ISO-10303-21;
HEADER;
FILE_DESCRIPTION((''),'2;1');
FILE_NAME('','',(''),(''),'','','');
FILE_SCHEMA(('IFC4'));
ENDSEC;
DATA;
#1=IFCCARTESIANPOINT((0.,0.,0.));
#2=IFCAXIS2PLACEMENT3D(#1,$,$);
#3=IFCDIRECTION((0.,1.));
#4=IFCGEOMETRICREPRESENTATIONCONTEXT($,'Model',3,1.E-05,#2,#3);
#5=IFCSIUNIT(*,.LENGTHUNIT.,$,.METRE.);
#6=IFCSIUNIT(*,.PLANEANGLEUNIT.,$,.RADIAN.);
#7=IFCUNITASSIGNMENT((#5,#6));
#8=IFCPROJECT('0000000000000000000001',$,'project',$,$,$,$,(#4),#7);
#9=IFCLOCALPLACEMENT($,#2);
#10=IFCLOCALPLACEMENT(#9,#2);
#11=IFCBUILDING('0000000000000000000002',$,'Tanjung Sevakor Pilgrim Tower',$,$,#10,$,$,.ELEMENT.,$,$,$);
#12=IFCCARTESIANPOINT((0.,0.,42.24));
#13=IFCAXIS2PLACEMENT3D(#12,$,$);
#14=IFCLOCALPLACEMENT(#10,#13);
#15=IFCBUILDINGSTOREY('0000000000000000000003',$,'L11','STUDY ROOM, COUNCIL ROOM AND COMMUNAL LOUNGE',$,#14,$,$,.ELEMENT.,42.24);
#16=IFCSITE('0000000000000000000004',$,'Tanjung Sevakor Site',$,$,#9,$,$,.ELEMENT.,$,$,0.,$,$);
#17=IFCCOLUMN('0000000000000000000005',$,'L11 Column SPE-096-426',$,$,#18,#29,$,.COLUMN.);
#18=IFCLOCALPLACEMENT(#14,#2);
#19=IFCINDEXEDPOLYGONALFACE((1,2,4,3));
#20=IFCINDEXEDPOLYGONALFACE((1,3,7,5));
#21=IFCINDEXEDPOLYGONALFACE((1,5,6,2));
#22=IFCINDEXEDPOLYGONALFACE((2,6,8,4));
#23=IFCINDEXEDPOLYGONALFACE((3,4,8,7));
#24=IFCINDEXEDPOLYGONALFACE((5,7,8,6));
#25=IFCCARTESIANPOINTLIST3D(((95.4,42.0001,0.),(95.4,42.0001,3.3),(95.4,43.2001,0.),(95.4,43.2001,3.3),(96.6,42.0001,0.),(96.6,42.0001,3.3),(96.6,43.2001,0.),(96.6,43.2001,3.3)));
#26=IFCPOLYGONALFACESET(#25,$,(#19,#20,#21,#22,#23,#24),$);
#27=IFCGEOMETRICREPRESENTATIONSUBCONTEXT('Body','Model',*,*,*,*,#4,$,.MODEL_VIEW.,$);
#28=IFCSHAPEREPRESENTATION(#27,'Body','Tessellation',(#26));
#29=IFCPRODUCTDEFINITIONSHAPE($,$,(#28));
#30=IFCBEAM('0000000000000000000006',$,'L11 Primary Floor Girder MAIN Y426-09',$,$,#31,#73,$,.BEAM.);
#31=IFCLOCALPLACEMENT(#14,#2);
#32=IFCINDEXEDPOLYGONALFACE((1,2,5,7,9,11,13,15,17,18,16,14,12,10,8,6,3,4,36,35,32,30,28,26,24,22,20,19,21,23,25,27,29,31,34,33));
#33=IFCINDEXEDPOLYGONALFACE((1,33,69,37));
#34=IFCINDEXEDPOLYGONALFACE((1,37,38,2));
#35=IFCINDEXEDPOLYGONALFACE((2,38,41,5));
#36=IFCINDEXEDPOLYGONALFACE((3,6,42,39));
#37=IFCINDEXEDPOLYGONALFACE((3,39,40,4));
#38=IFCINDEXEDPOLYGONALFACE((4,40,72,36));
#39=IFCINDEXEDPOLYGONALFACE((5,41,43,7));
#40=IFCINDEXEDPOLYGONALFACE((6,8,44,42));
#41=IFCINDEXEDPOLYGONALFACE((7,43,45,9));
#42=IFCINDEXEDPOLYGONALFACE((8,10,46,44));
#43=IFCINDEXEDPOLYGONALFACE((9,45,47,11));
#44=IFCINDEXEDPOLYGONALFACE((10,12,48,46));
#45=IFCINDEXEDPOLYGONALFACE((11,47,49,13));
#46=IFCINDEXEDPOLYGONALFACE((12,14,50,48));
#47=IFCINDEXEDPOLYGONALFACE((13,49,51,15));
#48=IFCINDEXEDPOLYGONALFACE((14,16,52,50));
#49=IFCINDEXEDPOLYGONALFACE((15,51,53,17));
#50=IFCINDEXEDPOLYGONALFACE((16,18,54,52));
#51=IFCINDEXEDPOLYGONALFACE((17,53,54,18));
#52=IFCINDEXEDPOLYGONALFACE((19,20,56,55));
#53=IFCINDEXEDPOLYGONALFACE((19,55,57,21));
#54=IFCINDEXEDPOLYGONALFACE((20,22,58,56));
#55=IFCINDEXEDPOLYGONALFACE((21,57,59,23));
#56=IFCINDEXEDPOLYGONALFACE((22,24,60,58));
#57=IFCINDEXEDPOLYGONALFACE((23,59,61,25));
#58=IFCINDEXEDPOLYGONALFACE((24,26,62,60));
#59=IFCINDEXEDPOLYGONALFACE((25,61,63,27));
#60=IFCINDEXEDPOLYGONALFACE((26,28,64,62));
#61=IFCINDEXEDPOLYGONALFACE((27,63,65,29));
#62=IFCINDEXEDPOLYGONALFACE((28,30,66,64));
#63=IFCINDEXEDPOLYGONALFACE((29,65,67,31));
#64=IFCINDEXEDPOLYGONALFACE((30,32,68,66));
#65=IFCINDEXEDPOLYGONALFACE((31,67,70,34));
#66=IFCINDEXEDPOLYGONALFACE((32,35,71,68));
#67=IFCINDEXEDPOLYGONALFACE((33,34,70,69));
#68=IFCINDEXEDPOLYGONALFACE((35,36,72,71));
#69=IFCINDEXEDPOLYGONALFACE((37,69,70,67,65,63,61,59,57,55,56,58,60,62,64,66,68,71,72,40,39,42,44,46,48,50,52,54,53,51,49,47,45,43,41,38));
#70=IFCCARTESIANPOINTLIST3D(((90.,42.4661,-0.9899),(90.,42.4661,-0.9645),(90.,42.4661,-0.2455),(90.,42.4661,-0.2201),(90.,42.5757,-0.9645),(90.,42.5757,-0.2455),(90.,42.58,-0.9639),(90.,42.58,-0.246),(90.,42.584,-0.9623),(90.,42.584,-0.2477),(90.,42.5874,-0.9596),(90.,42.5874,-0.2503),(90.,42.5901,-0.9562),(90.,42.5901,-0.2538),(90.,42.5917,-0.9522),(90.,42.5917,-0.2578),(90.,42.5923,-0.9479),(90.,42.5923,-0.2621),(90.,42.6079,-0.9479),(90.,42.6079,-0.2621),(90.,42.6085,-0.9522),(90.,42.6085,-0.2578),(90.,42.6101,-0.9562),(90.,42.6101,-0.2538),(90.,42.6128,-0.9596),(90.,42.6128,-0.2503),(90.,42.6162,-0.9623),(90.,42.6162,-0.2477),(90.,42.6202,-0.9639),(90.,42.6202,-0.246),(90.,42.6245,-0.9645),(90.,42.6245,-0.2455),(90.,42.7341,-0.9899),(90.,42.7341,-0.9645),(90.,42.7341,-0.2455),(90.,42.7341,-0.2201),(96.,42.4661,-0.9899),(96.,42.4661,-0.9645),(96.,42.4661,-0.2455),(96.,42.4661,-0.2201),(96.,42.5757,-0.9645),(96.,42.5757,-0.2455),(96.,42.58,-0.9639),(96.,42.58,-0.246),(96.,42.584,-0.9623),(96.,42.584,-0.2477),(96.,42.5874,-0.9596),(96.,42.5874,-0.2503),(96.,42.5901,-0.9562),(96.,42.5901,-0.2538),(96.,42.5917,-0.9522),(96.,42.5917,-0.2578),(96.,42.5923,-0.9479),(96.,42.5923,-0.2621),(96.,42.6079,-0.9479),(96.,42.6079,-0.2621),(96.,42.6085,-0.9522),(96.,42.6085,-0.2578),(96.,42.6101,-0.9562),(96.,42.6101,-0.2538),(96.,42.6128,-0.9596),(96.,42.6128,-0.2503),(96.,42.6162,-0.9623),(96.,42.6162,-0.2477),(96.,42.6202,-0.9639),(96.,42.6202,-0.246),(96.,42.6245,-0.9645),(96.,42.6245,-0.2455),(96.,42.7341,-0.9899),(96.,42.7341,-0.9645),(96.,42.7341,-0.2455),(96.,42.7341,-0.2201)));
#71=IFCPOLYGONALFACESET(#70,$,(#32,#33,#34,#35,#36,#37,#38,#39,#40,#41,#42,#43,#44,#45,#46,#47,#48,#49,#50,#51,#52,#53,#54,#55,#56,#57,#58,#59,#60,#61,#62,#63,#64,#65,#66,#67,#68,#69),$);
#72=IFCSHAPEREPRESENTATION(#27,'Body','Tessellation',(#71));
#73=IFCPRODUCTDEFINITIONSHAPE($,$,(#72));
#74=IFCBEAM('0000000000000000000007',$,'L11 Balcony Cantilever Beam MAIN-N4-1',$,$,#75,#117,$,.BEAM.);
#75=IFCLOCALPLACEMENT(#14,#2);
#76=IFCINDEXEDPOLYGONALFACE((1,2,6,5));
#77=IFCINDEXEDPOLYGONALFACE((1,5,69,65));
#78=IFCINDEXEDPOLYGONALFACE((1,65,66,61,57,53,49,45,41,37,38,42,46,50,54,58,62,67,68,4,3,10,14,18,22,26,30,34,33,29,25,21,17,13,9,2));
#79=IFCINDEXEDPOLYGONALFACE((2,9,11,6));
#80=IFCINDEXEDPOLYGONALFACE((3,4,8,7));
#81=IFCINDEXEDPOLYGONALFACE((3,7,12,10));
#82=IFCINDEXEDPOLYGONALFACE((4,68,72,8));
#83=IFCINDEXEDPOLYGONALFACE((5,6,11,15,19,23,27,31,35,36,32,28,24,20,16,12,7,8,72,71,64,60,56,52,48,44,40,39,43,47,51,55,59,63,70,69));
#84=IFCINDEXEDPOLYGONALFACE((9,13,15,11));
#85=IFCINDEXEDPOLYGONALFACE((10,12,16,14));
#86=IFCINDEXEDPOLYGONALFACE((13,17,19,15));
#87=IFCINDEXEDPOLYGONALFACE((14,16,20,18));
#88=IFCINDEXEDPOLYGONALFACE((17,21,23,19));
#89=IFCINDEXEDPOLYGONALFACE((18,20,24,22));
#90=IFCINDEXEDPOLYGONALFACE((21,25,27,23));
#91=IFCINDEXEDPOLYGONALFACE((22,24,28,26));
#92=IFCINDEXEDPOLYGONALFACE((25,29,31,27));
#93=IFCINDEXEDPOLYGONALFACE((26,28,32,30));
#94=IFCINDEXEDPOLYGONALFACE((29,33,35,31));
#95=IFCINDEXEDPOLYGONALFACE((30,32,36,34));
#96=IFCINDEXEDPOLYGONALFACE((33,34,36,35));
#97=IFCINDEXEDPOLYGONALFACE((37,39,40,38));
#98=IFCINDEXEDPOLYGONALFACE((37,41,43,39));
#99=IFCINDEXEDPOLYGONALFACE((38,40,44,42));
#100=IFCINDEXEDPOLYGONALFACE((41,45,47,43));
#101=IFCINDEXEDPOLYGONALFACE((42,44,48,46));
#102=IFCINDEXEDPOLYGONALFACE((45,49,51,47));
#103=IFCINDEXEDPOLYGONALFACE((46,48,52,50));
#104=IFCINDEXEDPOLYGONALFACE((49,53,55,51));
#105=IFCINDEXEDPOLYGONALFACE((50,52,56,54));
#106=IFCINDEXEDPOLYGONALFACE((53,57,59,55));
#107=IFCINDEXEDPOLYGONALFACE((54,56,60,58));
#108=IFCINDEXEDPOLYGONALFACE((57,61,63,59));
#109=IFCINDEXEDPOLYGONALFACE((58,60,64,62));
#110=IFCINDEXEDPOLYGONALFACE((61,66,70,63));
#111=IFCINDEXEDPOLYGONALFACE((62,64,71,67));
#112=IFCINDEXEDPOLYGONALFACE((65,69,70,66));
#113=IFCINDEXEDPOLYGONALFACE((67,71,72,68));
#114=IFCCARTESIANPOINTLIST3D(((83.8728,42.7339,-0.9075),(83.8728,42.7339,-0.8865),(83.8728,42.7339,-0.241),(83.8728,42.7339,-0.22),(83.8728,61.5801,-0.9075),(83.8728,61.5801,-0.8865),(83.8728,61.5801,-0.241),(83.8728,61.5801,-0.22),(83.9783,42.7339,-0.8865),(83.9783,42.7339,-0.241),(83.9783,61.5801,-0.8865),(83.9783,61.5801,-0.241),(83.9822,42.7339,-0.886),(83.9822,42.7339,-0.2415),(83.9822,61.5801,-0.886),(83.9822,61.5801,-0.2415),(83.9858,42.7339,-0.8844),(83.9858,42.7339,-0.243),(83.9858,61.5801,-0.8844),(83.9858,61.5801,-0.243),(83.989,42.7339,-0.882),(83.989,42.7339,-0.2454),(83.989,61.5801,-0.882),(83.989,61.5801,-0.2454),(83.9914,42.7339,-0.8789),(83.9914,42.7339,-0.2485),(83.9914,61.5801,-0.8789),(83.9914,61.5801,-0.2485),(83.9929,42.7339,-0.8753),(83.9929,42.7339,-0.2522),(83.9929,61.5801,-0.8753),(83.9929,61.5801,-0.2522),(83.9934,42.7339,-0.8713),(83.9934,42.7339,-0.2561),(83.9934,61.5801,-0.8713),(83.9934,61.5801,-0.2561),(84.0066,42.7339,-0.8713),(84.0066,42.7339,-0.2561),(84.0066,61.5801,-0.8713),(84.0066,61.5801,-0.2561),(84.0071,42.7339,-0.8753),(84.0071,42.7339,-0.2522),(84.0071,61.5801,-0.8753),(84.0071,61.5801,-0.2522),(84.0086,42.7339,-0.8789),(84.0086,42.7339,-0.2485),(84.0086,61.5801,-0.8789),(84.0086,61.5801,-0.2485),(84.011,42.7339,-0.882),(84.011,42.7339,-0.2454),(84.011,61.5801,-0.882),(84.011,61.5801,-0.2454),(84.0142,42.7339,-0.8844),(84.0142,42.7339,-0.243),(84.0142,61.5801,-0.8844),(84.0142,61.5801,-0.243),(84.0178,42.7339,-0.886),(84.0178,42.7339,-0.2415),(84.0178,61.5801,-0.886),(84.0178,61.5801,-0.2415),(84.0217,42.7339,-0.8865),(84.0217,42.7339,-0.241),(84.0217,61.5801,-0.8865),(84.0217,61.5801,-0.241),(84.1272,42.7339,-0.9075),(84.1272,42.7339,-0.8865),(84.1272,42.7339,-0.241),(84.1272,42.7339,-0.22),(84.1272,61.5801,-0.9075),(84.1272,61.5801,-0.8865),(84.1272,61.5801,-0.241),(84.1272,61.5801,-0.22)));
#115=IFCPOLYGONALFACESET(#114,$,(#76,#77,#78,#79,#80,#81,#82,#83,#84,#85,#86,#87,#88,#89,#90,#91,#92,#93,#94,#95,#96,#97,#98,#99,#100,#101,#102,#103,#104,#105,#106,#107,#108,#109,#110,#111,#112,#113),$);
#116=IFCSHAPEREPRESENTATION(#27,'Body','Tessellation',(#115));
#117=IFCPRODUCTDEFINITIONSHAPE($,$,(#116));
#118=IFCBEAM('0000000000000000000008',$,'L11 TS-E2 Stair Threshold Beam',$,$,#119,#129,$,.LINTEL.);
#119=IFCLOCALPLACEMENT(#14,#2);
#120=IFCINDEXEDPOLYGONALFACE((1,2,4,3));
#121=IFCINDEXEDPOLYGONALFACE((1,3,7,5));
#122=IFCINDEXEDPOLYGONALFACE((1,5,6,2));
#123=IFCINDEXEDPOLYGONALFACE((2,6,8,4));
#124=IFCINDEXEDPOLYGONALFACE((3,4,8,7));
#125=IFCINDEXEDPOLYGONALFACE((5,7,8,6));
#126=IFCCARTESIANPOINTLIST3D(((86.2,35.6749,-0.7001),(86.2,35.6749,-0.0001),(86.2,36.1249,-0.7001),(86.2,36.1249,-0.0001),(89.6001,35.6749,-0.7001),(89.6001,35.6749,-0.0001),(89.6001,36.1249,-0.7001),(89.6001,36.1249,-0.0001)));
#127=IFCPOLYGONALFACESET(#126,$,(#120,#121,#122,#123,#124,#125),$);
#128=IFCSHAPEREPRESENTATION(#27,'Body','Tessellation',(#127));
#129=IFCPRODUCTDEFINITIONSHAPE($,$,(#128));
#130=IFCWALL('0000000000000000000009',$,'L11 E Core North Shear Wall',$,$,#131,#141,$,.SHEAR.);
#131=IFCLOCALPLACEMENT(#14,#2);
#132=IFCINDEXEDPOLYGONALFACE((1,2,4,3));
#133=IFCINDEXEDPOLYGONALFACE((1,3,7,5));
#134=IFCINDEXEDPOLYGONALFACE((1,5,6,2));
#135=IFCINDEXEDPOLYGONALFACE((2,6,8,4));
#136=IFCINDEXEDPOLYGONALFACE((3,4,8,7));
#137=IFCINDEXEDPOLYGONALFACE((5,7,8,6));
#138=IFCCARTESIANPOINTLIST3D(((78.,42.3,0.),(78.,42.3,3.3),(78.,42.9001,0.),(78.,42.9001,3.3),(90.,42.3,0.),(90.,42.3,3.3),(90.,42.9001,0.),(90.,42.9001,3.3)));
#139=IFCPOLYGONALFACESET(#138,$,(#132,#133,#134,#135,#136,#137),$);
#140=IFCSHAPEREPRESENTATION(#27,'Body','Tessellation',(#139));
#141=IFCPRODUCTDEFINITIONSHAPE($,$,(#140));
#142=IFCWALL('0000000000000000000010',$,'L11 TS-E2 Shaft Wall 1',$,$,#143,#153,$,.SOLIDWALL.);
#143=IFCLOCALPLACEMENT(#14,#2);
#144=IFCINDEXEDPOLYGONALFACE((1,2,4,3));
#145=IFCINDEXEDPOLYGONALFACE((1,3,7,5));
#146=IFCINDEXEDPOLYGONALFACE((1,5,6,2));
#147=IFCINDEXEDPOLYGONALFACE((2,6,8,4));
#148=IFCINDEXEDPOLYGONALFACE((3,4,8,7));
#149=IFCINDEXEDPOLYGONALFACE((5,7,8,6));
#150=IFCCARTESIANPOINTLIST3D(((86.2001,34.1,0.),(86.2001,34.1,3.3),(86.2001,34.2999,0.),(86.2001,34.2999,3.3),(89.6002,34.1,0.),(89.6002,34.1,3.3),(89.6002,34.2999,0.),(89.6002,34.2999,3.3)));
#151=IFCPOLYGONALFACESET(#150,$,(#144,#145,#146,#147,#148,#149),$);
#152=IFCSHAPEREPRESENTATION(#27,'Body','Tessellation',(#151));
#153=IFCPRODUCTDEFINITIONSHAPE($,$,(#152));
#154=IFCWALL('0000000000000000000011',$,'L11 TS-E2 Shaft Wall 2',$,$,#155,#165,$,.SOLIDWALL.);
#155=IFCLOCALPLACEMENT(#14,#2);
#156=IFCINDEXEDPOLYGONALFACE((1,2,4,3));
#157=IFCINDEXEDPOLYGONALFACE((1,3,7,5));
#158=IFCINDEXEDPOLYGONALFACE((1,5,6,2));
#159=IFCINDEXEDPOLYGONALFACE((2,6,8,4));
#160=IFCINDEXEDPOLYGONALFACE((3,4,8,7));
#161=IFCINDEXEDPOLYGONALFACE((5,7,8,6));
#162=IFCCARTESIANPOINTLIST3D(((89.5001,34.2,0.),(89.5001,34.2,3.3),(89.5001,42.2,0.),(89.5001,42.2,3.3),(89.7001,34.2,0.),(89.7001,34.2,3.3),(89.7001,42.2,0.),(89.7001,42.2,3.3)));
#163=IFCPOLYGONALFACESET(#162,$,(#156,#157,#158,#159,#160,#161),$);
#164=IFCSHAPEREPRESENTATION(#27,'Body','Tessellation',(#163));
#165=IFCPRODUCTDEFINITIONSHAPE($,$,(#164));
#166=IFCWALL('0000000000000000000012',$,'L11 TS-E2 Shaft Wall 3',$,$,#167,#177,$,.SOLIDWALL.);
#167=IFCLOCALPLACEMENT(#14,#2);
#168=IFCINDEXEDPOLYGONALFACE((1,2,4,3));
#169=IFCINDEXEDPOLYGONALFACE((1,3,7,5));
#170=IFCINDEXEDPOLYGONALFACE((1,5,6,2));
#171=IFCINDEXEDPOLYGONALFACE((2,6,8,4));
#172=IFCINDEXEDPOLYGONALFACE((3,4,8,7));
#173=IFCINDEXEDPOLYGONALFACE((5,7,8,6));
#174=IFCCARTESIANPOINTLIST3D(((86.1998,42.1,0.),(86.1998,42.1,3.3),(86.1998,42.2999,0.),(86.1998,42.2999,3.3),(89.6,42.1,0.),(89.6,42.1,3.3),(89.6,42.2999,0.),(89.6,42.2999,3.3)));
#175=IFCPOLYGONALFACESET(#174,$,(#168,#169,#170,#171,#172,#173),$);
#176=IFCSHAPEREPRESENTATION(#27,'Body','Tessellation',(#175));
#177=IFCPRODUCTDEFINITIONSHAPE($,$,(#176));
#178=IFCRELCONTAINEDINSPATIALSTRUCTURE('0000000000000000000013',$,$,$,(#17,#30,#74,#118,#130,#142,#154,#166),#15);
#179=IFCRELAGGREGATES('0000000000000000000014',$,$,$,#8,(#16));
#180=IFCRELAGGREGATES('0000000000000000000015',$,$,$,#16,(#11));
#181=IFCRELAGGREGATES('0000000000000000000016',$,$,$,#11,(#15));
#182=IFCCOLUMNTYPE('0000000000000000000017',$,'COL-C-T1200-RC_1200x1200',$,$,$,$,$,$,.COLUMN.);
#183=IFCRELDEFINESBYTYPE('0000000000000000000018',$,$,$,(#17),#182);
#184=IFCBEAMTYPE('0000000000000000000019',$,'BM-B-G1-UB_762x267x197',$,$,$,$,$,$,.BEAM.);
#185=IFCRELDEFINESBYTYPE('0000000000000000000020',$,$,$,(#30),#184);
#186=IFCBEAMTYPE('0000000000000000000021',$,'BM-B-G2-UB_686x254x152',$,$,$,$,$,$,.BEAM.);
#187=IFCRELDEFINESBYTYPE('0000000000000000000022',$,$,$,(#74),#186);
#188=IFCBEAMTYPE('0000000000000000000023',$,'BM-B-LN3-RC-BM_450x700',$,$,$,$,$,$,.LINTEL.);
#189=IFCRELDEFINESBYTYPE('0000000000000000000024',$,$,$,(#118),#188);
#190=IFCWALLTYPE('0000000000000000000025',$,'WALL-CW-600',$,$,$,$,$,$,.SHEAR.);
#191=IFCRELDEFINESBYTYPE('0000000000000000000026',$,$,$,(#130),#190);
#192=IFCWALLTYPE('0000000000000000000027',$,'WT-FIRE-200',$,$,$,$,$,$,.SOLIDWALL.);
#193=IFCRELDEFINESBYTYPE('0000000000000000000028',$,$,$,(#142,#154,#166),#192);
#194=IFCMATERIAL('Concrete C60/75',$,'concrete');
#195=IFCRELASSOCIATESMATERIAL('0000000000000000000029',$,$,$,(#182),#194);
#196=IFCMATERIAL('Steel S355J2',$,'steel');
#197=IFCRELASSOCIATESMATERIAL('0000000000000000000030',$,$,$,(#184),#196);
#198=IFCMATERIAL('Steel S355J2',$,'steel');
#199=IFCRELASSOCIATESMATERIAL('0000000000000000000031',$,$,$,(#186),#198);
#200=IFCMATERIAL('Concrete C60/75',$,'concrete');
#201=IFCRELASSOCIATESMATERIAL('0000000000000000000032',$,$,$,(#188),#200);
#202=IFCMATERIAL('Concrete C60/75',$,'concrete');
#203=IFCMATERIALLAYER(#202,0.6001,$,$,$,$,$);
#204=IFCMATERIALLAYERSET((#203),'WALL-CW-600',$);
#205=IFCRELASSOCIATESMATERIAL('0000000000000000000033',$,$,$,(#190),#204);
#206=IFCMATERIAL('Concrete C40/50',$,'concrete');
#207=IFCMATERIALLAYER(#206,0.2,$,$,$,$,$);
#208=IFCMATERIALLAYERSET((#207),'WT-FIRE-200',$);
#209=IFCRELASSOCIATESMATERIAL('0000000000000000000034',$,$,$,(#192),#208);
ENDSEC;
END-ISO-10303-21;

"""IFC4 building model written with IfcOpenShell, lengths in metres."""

from ifc_helpers import new_model, si_unit, direction, frame, frame_2d, origin, origin_2d, place, context, subcontext, project, spatial, rectangle, i_section, extrude, material, layer, layer_set, material_profile, profile_set, type_object, element, save


model = new_model("IFC4")

# Units and contexts
model_context = context("Model", 3, precision=1e-05, world=origin(), true_north=direction((0.0, 1.0)))
body_context = subcontext(model_context, "Body", "Model", "MODEL_VIEW")
ifc_project = project(units=[si_unit("LENGTHUNIT", "METRE"), si_unit("PLANEANGLEUNIT", "RADIAN")], contexts=[model_context])

# Site, building, storey
site_placement = place(None, origin())
site = spatial("IfcSite", under=ifc_project, at=site_placement, Name="Tanjung Sevakor Site", CompositionType="ELEMENT", RefElevation=0.0)
building_placement = place(site_placement, origin())
building = spatial("IfcBuilding", under=site, at=building_placement, Name="Tanjung Sevakor Pilgrim Tower", CompositionType="ELEMENT")
storey_placement = place(building_placement, frame((0.0, 0.0, 42.24)))
storey = spatial("IfcBuildingStorey", under=building, at=storey_placement, Name="L11", Description="STUDY ROOM, COUNCIL ROOM AND COMMUNAL LOUNGE", CompositionType="ELEMENT", Elevation=42.24)

# Column
ifc_material_1 = material(Name="Concrete C60/75", Category="concrete")
ifc_material_profile_1 = material_profile(ifc_material_1, rectangle(XDim=1.2, YDim=1.2, at=origin_2d()))
ifc_profile_set_1 = profile_set([ifc_material_profile_1], Name="Concrete C60/75")
column_type = type_object("IfcColumnType", Name="COL-C-T1200-RC_1200x1200", PredefinedType="COLUMN", material=ifc_profile_set_1)
column_placement = place(storey_placement, frame((96.0, 42.6001, 0.0), z_axis=(0.0, 0.0, 1.0), x_axis=(1.0, 0.0, 0.0)))
element("IfcColumn", 1, at=column_placement, inside=storey, type_object=column_type, Name="L11 Column SPE-096-426", PredefinedType="COLUMN", context=body_context, shape_type="SweptSolid", body=[
    extrude(rectangle(XDim=1.2, YDim=1.2, at=origin_2d()), origin(), (0.0, 0.0, 1.0), 3.3),
])

# Beams
ifc_material_2 = material(Name="Steel S355J2", Category="steel")
ifc_material_profile_2 = material_profile(ifc_material_2, i_section(OverallWidth=0.2681, OverallDepth=0.7698, WebThickness=0.0156, FlangeThickness=0.0254, FilletRadius=0.0166, at=origin_2d()))
ifc_profile_set_2 = profile_set([ifc_material_profile_2], Name="Steel S355J2")
beam_type_1 = type_object("IfcBeamType", Name="BM-B-G1-UB_762x267x197", PredefinedType="BEAM", material=ifc_profile_set_2)
beam_1_placement = place(storey_placement, frame((90.0, 42.6001, -0.605), z_axis=(1.0, 0.0, 0.0), x_axis=(0.0, 1.0, 0.0)))
element("IfcBeam", 2, at=beam_1_placement, inside=storey, type_object=beam_type_1, Name="L11 Primary Floor Girder MAIN Y426-09", PredefinedType="BEAM", context=body_context, shape_type="SweptSolid", body=[
    extrude(i_section(OverallWidth=0.2681, OverallDepth=0.7698, WebThickness=0.0156, FlangeThickness=0.0254, FilletRadius=0.0166, at=origin_2d()), origin(), (0.0, 0.0, 1.0), 6.0),
])
ifc_material_3 = material(Name="Steel S355J2", Category="steel")
ifc_material_profile_3 = material_profile(ifc_material_3, i_section(OverallWidth=0.2544, OverallDepth=0.6875, WebThickness=0.0132, FlangeThickness=0.021, FilletRadius=0.0151, at=origin_2d()))
ifc_profile_set_3 = profile_set([ifc_material_profile_3], Name="Steel S355J2")
beam_type_2 = type_object("IfcBeamType", Name="BM-B-G2-UB_686x254x152", PredefinedType="BEAM", material=ifc_profile_set_3)
beam_2_placement = place(storey_placement, frame((84.0, 42.7339, -0.5637), z_axis=(0.0, 1.0, 0.0), x_axis=(-1.0, 0.0, 0.0)))
element("IfcBeam", 3, at=beam_2_placement, inside=storey, type_object=beam_type_2, Name="L11 Balcony Cantilever Beam MAIN-N4-1", PredefinedType="BEAM", context=body_context, shape_type="SweptSolid", body=[
    extrude(i_section(OverallWidth=0.2544, OverallDepth=0.6875, WebThickness=0.0132, FlangeThickness=0.021, FilletRadius=0.0151, at=origin_2d()), origin(), (0.0, 0.0, 1.0), 18.8462),
])
ifc_material_4 = material(Name="Concrete C60/75", Category="concrete")
ifc_material_profile_4 = material_profile(ifc_material_4, rectangle(XDim=0.45, YDim=0.7, at=origin_2d()))
ifc_profile_set_4 = profile_set([ifc_material_profile_4], Name="Concrete C60/75")
beam_type_3 = type_object("IfcBeamType", Name="BM-B-LN3-RC-BM_450x700", PredefinedType="LINTEL", material=ifc_profile_set_4)
beam_3_placement = place(storey_placement, frame((86.2, 35.8999, -0.3501), z_axis=(1.0, 0.0, 0.0), x_axis=(0.0, 1.0, 0.0)))
element("IfcBeam", 4, at=beam_3_placement, inside=storey, type_object=beam_type_3, Name="L11 TS-E2 Stair Threshold Beam", PredefinedType="LINTEL", context=body_context, shape_type="SweptSolid", body=[
    extrude(rectangle(XDim=0.45, YDim=0.7, at=origin_2d()), origin(), (0.0, 0.0, 1.0), 3.4001),
])

# Walls
ifc_material_5 = material(Name="Concrete C60/75", Category="concrete")
ifc_layer_1 = layer(ifc_material_5, 0.6001)
ifc_layer_set_1 = layer_set([ifc_layer_1], Name="WALL-CW-600")
wall_type_1 = type_object("IfcWallType", Name="WALL-CW-600", PredefinedType="SHEAR", material=ifc_layer_set_1)
wall_1_placement = place(storey_placement, frame((90.0, 42.6001, 0.0), z_axis=(0.0, 0.0, 1.0), x_axis=(-1.0, 0.0, 0.0)))
element("IfcWall", 5, at=wall_1_placement, inside=storey, type_object=wall_type_1, Name="L11 E Core North Shear Wall", PredefinedType="SHEAR", context=body_context, shape_type="SweptSolid", body=[
    extrude(rectangle(XDim=12.0, YDim=0.6001, at=frame_2d((6.0, 0.0))), origin(), (0.0, 0.0, 1.0), 3.3),
])
ifc_material_6 = material(Name="Concrete C40/50", Category="concrete")
ifc_layer_2 = layer(ifc_material_6, 0.2)
ifc_layer_set_2 = layer_set([ifc_layer_2], Name="WT-FIRE-200")
wall_type_2 = type_object("IfcWallType", Name="WT-FIRE-200", PredefinedType="SOLIDWALL", material=ifc_layer_set_2)
wall_2_placement = place(storey_placement, frame((86.2, 34.2, 0.0), z_axis=(0.0, 0.0, 1.0), x_axis=(1.0, 0.0, 0.0)))
element("IfcWall", 6, at=wall_2_placement, inside=storey, type_object=wall_type_2, Name="L11 TS-E2 Shaft Wall 1", PredefinedType="SOLIDWALL", context=body_context, shape_type="SweptSolid", body=[
    extrude(rectangle(XDim=3.4001, YDim=0.2, at=frame_2d((1.7002, 0.0))), origin(), (0.0, 0.0, 1.0), 3.3),
])
wall_3_placement = place(storey_placement, frame((89.6001, 34.2, 0.0), z_axis=(0.0, 0.0, 1.0), x_axis=(0.0, 1.0, 0.0)))
element("IfcWall", 7, at=wall_3_placement, inside=storey, type_object=wall_type_2, Name="L11 TS-E2 Shaft Wall 2", PredefinedType="SOLIDWALL", context=body_context, shape_type="SweptSolid", body=[
    extrude(rectangle(XDim=8.0, YDim=0.2, at=frame_2d((4.0, 0.0))), origin(), (0.0, 0.0, 1.0), 3.3),
])
wall_4_placement = place(storey_placement, frame((89.6001, 42.2, 0.0), z_axis=(0.0, 0.0, 1.0), x_axis=(-1.0, 0.0, 0.0)))
element("IfcWall", 8, at=wall_4_placement, inside=storey, type_object=wall_type_2, Name="L11 TS-E2 Shaft Wall 3", PredefinedType="SOLIDWALL", context=body_context, shape_type="SweptSolid", body=[
    extrude(rectangle(XDim=3.4001, YDim=0.2, at=frame_2d((1.7002, 0.0))), origin(), (0.0, 0.0, 1.0), 3.3),
])

save(model, "model.ifc")
